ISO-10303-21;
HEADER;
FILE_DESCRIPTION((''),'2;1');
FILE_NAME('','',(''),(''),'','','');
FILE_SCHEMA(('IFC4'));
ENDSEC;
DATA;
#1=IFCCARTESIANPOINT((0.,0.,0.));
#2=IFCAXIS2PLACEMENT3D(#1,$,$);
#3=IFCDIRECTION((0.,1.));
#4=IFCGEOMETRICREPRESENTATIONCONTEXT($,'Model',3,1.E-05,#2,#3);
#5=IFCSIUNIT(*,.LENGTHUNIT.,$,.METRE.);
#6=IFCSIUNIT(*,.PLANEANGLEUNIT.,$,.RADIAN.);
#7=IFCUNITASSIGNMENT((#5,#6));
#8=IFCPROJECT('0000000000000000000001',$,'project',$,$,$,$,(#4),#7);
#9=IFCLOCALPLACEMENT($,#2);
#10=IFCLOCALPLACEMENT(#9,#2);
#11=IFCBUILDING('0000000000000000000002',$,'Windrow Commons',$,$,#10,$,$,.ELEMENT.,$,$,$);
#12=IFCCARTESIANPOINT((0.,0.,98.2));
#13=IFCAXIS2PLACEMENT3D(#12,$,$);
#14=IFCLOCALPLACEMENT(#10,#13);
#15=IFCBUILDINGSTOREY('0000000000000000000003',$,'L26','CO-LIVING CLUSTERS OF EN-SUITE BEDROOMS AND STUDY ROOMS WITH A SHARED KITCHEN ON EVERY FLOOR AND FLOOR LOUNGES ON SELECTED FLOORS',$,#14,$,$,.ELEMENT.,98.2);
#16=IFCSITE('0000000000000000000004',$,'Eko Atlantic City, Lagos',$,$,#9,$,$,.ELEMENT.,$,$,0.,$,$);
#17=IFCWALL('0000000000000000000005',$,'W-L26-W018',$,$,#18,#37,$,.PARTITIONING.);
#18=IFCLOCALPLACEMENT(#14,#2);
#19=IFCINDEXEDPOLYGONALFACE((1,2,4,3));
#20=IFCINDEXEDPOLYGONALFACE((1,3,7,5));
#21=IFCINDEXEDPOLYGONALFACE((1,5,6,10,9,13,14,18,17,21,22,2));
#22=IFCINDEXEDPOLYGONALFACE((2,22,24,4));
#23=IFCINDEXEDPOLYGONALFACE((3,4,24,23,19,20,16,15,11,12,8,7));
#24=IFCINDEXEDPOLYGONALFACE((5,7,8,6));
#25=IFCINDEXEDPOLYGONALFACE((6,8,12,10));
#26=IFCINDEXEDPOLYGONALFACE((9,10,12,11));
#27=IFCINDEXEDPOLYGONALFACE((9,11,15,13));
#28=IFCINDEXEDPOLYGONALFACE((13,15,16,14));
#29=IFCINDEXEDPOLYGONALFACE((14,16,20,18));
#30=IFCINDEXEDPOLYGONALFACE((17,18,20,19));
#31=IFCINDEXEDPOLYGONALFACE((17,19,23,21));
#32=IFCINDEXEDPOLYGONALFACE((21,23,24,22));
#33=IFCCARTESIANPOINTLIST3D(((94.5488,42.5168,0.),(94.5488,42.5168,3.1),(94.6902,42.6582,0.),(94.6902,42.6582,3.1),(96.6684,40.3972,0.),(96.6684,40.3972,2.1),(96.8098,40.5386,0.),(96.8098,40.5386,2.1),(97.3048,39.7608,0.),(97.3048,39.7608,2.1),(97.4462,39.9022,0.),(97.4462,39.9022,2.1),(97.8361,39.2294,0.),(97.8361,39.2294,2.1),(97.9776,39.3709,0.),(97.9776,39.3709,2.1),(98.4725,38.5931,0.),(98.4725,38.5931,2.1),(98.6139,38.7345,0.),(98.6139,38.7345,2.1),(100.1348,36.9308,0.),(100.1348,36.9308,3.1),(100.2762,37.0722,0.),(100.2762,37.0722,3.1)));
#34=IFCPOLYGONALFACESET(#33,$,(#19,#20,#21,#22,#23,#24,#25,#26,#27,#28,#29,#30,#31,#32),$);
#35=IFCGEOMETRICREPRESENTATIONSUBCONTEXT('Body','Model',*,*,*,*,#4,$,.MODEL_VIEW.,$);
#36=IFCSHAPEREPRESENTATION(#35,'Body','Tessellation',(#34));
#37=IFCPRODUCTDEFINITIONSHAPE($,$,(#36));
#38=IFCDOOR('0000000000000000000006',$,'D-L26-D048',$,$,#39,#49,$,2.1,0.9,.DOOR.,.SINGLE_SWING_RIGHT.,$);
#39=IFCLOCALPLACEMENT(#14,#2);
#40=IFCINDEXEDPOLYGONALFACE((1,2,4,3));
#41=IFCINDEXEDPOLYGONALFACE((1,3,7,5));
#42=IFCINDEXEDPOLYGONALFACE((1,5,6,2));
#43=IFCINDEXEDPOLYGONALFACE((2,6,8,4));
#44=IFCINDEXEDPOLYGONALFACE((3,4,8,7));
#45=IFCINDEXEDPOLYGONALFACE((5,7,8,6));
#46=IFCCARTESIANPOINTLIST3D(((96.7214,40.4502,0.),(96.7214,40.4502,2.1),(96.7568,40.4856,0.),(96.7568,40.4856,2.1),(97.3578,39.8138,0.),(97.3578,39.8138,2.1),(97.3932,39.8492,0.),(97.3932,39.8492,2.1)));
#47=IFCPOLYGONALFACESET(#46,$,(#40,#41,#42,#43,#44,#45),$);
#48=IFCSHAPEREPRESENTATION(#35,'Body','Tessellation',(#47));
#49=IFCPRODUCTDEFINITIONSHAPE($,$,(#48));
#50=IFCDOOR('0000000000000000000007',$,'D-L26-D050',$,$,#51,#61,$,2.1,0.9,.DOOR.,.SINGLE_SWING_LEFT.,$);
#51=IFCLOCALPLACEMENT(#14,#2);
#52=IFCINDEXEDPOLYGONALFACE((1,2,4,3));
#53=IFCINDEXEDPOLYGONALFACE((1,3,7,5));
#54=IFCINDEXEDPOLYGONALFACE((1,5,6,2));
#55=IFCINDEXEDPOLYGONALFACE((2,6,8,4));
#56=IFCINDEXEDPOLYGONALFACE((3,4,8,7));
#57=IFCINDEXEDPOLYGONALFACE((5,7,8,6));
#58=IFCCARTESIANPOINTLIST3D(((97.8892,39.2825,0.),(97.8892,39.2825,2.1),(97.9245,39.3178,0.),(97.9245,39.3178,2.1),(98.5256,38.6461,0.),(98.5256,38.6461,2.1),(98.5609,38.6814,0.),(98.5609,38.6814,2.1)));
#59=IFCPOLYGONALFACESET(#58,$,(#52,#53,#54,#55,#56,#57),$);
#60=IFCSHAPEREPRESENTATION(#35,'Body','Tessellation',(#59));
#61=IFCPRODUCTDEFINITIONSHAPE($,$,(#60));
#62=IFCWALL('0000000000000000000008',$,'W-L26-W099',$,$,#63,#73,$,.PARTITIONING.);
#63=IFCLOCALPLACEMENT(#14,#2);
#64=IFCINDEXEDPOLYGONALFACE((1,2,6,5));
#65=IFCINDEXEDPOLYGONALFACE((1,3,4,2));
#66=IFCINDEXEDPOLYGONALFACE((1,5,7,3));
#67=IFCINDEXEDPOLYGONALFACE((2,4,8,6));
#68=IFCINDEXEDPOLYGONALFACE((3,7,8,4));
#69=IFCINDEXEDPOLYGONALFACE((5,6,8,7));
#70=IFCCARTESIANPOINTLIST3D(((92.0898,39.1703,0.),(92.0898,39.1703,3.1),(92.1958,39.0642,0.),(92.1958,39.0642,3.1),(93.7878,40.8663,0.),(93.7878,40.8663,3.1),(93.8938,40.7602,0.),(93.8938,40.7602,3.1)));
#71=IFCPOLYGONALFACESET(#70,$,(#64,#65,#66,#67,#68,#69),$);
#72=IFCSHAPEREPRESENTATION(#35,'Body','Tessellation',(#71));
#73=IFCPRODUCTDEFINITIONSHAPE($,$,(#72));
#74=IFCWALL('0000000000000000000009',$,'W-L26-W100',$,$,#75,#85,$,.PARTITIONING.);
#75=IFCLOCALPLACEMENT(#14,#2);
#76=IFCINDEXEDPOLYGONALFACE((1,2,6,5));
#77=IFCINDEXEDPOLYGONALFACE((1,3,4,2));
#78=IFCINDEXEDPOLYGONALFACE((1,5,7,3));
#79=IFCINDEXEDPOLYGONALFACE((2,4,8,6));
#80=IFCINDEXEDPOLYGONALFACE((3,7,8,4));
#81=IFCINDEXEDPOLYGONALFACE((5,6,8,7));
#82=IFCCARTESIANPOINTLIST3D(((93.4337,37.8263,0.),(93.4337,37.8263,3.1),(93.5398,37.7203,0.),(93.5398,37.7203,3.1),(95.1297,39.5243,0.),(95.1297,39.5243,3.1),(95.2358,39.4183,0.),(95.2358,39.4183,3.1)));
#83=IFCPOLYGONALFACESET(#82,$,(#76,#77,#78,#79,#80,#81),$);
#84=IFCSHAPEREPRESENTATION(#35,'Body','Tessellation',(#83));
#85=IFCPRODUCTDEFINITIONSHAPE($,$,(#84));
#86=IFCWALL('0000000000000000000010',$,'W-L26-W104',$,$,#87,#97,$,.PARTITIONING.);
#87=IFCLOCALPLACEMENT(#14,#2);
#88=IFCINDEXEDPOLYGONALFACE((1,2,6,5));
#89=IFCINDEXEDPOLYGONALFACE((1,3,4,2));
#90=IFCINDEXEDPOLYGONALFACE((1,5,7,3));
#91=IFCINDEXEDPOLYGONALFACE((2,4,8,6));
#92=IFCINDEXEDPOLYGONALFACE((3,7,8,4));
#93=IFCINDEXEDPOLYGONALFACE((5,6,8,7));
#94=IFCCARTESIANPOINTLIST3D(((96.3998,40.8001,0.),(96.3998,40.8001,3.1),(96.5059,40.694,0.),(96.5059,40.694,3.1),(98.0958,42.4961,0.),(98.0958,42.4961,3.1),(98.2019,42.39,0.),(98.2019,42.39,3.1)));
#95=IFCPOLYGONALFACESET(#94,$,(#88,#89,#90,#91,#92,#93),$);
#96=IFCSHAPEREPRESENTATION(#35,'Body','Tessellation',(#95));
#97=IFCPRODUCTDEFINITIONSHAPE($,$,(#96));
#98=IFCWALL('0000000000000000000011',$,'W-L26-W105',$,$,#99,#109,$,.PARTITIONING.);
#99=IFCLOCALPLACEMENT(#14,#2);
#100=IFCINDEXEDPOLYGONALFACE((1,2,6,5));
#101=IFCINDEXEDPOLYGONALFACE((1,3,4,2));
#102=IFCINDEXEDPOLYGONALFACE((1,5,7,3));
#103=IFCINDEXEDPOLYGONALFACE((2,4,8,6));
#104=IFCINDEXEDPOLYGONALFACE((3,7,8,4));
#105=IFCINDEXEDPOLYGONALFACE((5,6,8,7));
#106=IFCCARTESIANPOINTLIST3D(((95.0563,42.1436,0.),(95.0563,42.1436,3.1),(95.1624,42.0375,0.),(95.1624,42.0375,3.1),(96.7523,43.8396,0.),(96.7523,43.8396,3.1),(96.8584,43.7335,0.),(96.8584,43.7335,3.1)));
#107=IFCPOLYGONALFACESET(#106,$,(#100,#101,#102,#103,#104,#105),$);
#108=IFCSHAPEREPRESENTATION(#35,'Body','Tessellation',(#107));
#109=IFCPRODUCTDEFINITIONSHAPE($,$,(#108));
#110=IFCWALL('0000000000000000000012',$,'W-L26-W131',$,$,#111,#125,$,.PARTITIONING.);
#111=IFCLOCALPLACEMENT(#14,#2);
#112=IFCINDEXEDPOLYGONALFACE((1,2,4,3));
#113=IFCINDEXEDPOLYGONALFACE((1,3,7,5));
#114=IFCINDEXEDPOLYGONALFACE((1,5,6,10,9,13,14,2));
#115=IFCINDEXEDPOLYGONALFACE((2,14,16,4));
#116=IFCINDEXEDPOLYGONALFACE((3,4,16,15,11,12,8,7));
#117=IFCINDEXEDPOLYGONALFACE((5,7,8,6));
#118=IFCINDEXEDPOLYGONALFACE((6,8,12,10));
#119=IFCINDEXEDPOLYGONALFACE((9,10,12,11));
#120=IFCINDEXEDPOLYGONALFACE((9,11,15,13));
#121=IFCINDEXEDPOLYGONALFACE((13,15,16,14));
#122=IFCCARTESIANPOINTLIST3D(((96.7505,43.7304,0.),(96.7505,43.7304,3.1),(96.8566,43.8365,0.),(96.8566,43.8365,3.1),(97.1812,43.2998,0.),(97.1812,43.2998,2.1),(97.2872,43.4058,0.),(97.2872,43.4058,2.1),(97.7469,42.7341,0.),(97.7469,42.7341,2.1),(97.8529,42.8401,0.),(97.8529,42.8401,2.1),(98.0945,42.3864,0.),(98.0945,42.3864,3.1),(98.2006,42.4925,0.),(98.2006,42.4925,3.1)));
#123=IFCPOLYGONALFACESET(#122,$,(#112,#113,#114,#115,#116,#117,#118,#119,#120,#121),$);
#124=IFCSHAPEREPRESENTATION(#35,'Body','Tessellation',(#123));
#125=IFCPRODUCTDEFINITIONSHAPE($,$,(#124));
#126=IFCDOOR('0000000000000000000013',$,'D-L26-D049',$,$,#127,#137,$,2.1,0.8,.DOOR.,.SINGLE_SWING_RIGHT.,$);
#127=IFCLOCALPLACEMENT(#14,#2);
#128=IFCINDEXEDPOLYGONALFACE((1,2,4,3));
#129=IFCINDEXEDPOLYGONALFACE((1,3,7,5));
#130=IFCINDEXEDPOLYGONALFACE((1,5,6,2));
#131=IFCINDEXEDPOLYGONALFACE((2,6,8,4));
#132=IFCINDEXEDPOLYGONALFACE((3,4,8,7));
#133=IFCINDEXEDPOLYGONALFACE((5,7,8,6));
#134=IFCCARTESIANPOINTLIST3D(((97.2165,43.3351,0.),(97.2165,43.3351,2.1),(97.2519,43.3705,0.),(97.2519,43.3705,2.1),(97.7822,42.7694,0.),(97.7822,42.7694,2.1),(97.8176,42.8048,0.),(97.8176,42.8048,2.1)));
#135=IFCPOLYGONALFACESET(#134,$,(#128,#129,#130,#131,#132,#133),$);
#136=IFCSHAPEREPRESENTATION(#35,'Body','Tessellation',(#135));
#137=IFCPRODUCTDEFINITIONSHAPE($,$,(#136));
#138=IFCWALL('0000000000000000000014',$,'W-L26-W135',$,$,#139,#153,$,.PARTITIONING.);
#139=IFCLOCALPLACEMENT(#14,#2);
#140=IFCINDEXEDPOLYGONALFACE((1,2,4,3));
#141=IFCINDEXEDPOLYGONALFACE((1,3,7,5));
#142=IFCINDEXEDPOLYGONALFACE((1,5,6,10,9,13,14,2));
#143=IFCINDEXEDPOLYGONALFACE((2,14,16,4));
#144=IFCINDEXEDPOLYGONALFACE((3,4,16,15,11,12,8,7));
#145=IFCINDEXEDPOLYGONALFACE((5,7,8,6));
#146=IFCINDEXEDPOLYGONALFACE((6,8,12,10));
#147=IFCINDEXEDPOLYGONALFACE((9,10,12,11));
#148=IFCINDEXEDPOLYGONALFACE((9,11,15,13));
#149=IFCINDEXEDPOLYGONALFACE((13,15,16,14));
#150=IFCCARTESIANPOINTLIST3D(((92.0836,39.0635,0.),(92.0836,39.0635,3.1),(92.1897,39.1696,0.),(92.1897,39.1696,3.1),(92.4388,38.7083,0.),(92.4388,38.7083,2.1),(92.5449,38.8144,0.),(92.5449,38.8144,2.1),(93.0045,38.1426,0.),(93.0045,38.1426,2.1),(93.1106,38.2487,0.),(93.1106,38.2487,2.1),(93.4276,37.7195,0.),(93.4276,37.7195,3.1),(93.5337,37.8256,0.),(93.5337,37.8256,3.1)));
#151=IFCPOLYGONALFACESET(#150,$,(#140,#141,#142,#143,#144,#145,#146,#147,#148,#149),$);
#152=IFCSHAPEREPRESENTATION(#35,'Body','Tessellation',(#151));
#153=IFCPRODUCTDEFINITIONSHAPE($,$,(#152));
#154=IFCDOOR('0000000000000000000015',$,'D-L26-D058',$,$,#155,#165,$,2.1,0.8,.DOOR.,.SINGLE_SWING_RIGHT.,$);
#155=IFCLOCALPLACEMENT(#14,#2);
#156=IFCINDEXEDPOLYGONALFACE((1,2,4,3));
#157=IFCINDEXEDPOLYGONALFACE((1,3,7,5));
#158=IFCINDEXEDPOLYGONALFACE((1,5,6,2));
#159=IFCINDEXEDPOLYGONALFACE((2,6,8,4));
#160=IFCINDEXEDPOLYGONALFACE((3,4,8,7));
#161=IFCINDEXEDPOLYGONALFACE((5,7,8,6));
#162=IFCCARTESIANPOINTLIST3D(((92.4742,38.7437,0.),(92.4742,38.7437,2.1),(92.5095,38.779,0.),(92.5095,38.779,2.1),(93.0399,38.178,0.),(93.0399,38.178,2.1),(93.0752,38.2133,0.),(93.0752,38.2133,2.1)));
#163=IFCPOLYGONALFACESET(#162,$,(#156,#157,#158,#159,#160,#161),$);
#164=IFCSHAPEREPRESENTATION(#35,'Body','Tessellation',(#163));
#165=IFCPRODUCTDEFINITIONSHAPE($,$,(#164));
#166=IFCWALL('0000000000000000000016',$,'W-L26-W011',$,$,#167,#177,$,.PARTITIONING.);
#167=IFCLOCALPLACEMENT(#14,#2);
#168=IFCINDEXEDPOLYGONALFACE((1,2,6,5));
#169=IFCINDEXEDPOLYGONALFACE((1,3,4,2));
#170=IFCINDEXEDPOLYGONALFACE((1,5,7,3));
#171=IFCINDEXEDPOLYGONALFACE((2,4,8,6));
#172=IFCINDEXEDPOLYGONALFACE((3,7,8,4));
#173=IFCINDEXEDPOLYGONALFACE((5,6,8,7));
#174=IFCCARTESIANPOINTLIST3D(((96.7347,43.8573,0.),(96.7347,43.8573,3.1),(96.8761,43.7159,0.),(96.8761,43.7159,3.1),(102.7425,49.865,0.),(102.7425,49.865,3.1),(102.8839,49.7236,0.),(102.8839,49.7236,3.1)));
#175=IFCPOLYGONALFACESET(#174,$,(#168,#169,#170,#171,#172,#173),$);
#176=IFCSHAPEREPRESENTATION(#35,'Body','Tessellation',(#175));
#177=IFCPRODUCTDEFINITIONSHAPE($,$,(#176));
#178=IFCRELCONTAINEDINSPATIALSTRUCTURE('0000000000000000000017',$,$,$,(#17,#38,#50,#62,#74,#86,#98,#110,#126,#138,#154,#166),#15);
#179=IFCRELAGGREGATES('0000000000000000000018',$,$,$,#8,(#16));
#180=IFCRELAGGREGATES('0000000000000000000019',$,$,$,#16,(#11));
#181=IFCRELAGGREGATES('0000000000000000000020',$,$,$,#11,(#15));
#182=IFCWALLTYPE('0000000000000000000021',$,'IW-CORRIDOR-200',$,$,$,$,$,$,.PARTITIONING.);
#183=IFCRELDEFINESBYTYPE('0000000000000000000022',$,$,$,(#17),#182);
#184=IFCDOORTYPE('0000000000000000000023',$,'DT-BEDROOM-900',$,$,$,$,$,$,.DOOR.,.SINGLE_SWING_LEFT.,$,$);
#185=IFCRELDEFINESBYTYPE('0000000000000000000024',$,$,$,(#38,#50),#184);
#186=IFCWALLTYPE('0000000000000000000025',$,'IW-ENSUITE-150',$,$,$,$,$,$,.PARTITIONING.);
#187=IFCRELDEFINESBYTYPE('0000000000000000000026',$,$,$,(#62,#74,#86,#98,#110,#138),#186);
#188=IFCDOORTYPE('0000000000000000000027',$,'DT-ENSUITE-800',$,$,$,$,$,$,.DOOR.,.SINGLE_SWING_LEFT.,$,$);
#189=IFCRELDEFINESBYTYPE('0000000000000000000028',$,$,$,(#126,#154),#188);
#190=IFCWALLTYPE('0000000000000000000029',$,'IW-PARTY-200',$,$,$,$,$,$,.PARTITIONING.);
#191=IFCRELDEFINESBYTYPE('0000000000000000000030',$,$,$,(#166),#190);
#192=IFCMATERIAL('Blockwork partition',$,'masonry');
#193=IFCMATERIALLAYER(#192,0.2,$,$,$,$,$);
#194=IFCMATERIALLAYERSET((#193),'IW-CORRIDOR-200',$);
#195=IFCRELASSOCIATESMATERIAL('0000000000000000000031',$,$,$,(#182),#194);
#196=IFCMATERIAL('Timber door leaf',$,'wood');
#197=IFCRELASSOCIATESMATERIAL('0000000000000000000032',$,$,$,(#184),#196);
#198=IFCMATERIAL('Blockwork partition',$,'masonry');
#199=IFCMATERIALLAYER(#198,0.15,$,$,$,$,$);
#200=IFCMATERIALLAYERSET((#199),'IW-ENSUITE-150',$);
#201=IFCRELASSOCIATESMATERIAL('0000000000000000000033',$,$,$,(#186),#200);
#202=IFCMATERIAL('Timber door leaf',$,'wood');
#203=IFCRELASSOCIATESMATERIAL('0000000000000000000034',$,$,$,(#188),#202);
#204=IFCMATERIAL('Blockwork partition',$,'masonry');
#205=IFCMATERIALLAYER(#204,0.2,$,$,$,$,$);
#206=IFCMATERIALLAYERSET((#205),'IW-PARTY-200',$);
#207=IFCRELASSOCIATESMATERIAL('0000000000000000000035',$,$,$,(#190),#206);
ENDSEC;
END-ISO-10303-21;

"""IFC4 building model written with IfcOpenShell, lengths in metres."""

from ifc_helpers import new_model, si_unit, direction, frame, frame_2d, origin, place, context, subcontext, project, spatial, rectangle, extrude, material, layer, layer_set, type_object, element, fill, save


model = new_model("IFC4")

# Units and contexts
model_context = context("Model", 3, precision=1e-05, world=origin(), true_north=direction((0.0, 1.0)))
body_context = subcontext(model_context, "Body", "Model", "MODEL_VIEW")
ifc_project = project(units=[si_unit("LENGTHUNIT", "METRE"), si_unit("PLANEANGLEUNIT", "RADIAN")], contexts=[model_context])

# Site, building, storey
site_placement = place(None, origin())
site = spatial("IfcSite", under=ifc_project, at=site_placement, Name="Eko Atlantic City, Lagos", CompositionType="ELEMENT", RefElevation=0.0)
building_placement = place(site_placement, origin())
building = spatial("IfcBuilding", under=site, at=building_placement, Name="Windrow Commons", CompositionType="ELEMENT")
storey_placement = place(building_placement, frame((0.0, 0.0, 98.2)))
storey = spatial("IfcBuildingStorey", under=building, at=storey_placement, Name="L26", Description="CO-LIVING CLUSTERS OF EN-SUITE BEDROOMS AND STUDY ROOMS WITH A SHARED KITCHEN ON EVERY FLOOR AND FLOOR LOUNGES ON SELECTED FLOORS", CompositionType="ELEMENT", Elevation=98.2)

# Shared definitions
ifc_material_1 = material(Name="Blockwork partition", Category="masonry")
ifc_layer_1 = layer(ifc_material_1, 0.2)
ifc_layer_set_1 = layer_set([ifc_layer_1], Name="IW-CORRIDOR-200")
wall_type_1 = type_object("IfcWallType", Name="IW-CORRIDOR-200", PredefinedType="PARTITIONING", material=ifc_layer_set_1)
ifc_material_2 = material(Name="Timber door leaf", Category="wood")
door_type_1 = type_object("IfcDoorType", Name="DT-BEDROOM-900", OperationType="SINGLE_SWING_LEFT", PredefinedType="DOOR", material=ifc_material_2)

# Wall, openings, doors
wall_1_placement = place(storey_placement, frame((94.6195, 42.5875, 0.0), z_axis=(0.0, 0.0, 1.0), x_axis=(0.707107, -0.707107, 0.0)))
wall_1 = element("IfcWall", 1, at=wall_1_placement, inside=storey, type_object=wall_type_1, Name="W-L26-W018", PredefinedType="PARTITIONING", context=body_context, shape_type="SweptSolid", body=[
    extrude(rectangle(XDim=7.8998, YDim=0.2, at=frame_2d((3.9499, 0.0))), origin(), (0.0, 0.0, 1.0), 3.1),
])
opening_1_placement = place(wall_1_placement, frame((2.9976, 0.0, 0.0)))
opening_1 = element("IfcOpeningElement", 2, at=opening_1_placement, cuts=wall_1, PredefinedType="OPENING", context=body_context, shape_type="SweptSolid", body=[
    extrude(rectangle(XDim=0.9, YDim=2.1, at=frame_2d((0.45, 1.05))), frame((0.0, 0.11, 0.0), z_axis=(0.0, -1.0, 0.0), x_axis=(1.0, 0.0, 0.0)), (0.0, 0.0, 1.0), 0.22),
])
opening_2_placement = place(wall_1_placement, frame((4.649, 0.0, 0.0)))
opening_2 = element("IfcOpeningElement", 3, at=opening_2_placement, cuts=wall_1, PredefinedType="OPENING", context=body_context, shape_type="SweptSolid", body=[
    extrude(rectangle(XDim=0.9, YDim=2.1, at=frame_2d((0.45, 1.05))), frame((0.0, 0.11, 0.0), z_axis=(0.0, -1.0, 0.0), x_axis=(1.0, 0.0, 0.0)), (0.0, 0.0, 1.0), 0.22),
])
door_1_placement = place(opening_1_placement, origin())
door_1 = element("IfcDoor", 4, at=door_1_placement, inside=storey, type_object=door_type_1, Name="D-L26-D048", OperationType="SINGLE_SWING_RIGHT", OverallHeight=2.1, OverallWidth=0.9, PredefinedType="DOOR", context=body_context, shape_type="SweptSolid", body=[
    extrude(rectangle(XDim=0.9, YDim=2.1, at=frame_2d((0.45, 1.05))), frame((0.0, 0.025, 0.0), z_axis=(0.0, -1.0, 0.0), x_axis=(1.0, 0.0, 0.0)), (0.0, 0.0, 1.0), 0.05),
])
fill(opening_1, door_1)
door_2_placement = place(opening_2_placement, origin())
door_2 = element("IfcDoor", 5, at=door_2_placement, inside=storey, type_object=door_type_1, Name="D-L26-D050", OperationType="SINGLE_SWING_LEFT", OverallHeight=2.1, OverallWidth=0.9, PredefinedType="DOOR", context=body_context, shape_type="SweptSolid", body=[
    extrude(rectangle(XDim=0.9, YDim=2.1, at=frame_2d((0.45, 1.05))), frame((0.0, 0.025, 0.0), z_axis=(0.0, -1.0, 0.0), x_axis=(1.0, 0.0, 0.0)), (0.0, 0.0, 1.0), 0.05),
])
fill(opening_2, door_2)

# Walls
ifc_material_3 = material(Name="Blockwork partition", Category="masonry")
ifc_layer_2 = layer(ifc_material_3, 0.15)
ifc_layer_set_2 = layer_set([ifc_layer_2], Name="IW-ENSUITE-150")
wall_type_2 = type_object("IfcWallType", Name="IW-ENSUITE-150", PredefinedType="PARTITIONING", material=ifc_layer_set_2)
for number, where, z_axis, x_axis, name in (
    (6, (92.1428, 39.1172, 0.0), (0.0, 0.0, 1.0), (0.707523, 0.70669, 0.0), "W-L26-W099"),
    (7, (93.4867, 37.7733, 0.0), (0.0, 0.0, 1.0), (0.70669, 0.707523, 0.0), "W-L26-W100"),
):
    element("IfcWall", number, at=place(storey_placement, frame(where, z_axis=z_axis, x_axis=x_axis)), inside=storey, type_object=wall_type_2, Name=name, PredefinedType="PARTITIONING", context=body_context, shape_type="SweptSolid", body=[
        extrude(rectangle(XDim=2.3999, YDim=0.15, at=frame_2d((1.2, 0.0))), origin(), (0.0, 0.0, 1.0), 3.1),
    ])
for number, where, z_axis, x_axis, name in (
    (8, (96.4529, 40.7471, 0.0), (0.0, 0.0, 1.0), (0.707107, 0.707107, 0.0), "W-L26-W104"),
    (9, (95.1094, 42.0906, 0.0), (0.0, 0.0, 1.0), (0.707107, 0.707107, 0.0), "W-L26-W105"),
):
    element("IfcWall", number, at=place(storey_placement, frame(where, z_axis=z_axis, x_axis=x_axis)), inside=storey, type_object=wall_type_2, Name=name, PredefinedType="PARTITIONING", context=body_context, shape_type="SweptSolid", body=[
        extrude(rectangle(XDim=2.3985, YDim=0.15, at=frame_2d((1.1992, 0.0))), origin(), (0.0, 0.0, 1.0), 3.1),
    ])

# Walls, openings, doors
wall_2_placement = place(storey_placement, frame((96.8035, 43.7835, 0.0), z_axis=(0.0, 0.0, 1.0), x_axis=(0.707107, -0.707107, 0.0)))
wall_2 = element("IfcWall", 10, at=wall_2_placement, inside=storey, type_object=wall_type_2, Name="W-L26-W131", PredefinedType="PARTITIONING", context=body_context, shape_type="SweptSolid", body=[
    extrude(rectangle(XDim=1.9007, YDim=0.15, at=frame_2d((0.9504, 0.0))), origin(), (0.0, 0.0, 1.0), 3.1),
])
opening_3_placement = place(wall_2_placement, frame((0.6091, 0.0, 0.0)))
opening_3 = element("IfcOpeningElement", 11, at=opening_3_placement, cuts=wall_2, PredefinedType="OPENING", context=body_context, shape_type="SweptSolid", body=[
    extrude(rectangle(XDim=0.8, YDim=2.1, at=frame_2d((0.4, 1.05))), frame((0.0, 0.085, 0.0), z_axis=(0.0, -1.0, 0.0), x_axis=(1.0, 0.0, 0.0)), (0.0, 0.0, 1.0), 0.17),
])
ifc_material_4 = material(Name="Timber door leaf", Category="wood")
door_type_2 = type_object("IfcDoorType", Name="DT-ENSUITE-800", OperationType="SINGLE_SWING_LEFT", PredefinedType="DOOR", material=ifc_material_4)
door_3_placement = place(opening_3_placement, origin())
door_3 = element("IfcDoor", 12, at=door_3_placement, inside=storey, type_object=door_type_2, Name="D-L26-D049", OperationType="SINGLE_SWING_RIGHT", OverallHeight=2.1, OverallWidth=0.8, PredefinedType="DOOR", context=body_context, shape_type="SweptSolid", body=[
    extrude(rectangle(XDim=0.8, YDim=2.1, at=frame_2d((0.4, 1.05))), frame((0.0, 0.025, 0.0), z_axis=(0.0, -1.0, 0.0), x_axis=(1.0, 0.0, 0.0)), (0.0, 0.0, 1.0), 0.05),
])
fill(opening_3, door_3)
wall_3_placement = place(storey_placement, frame((92.1366, 39.1166, 0.0), z_axis=(0.0, 0.0, 1.0), x_axis=(0.707107, -0.707107, 0.0)))
wall_3 = element("IfcWall", 13, at=wall_3_placement, inside=storey, type_object=wall_type_2, Name="W-L26-W135", PredefinedType="PARTITIONING", context=body_context, shape_type="SweptSolid", body=[
    extrude(rectangle(XDim=1.9007, YDim=0.15, at=frame_2d((0.9504, 0.0))), origin(), (0.0, 0.0, 1.0), 3.1),
])
opening_4_placement = place(wall_3_placement, frame((0.5024, 0.0, 0.0)))
opening_4 = element("IfcOpeningElement", 14, at=opening_4_placement, cuts=wall_3, PredefinedType="OPENING", context=body_context, shape_type="SweptSolid", body=[
    extrude(rectangle(XDim=0.8, YDim=2.1, at=frame_2d((0.4, 1.05))), frame((0.0, 0.085, 0.0), z_axis=(0.0, -1.0, 0.0), x_axis=(1.0, 0.0, 0.0)), (0.0, 0.0, 1.0), 0.17),
])
door_4_placement = place(opening_4_placement, origin())
door_4 = element("IfcDoor", 15, at=door_4_placement, inside=storey, type_object=door_type_2, Name="D-L26-D058", OperationType="SINGLE_SWING_RIGHT", OverallHeight=2.1, OverallWidth=0.8, PredefinedType="DOOR", context=body_context, shape_type="SweptSolid", body=[
    extrude(rectangle(XDim=0.8, YDim=2.1, at=frame_2d((0.4, 1.05))), frame((0.0, 0.025, 0.0), z_axis=(0.0, -1.0, 0.0), x_axis=(1.0, 0.0, 0.0)), (0.0, 0.0, 1.0), 0.05),
])
fill(opening_4, door_4)

# Wall
ifc_material_5 = material(Name="Blockwork partition", Category="masonry")
ifc_layer_3 = layer(ifc_material_5, 0.2)
ifc_layer_set_3 = layer_set([ifc_layer_3], Name="IW-PARTY-200")
wall_type_3 = type_object("IfcWallType", Name="IW-PARTY-200", PredefinedType="PARTITIONING", material=ifc_layer_set_3)
wall_4_placement = place(storey_placement, frame((96.8054, 43.7866, 0.0), z_axis=(0.0, 0.0, 1.0), x_axis=(0.707113, 0.707101, 0.0)))
element("IfcWall", 16, at=wall_4_placement, inside=storey, type_object=wall_type_3, Name="W-L26-W011", PredefinedType="PARTITIONING", context=body_context, shape_type="SweptSolid", body=[
    extrude(rectangle(XDim=8.4962, YDim=0.2, at=frame_2d((4.2481, 0.0))), origin(), (0.0, 0.0, 1.0), 3.1),
])

save(model, "model.ifc")
